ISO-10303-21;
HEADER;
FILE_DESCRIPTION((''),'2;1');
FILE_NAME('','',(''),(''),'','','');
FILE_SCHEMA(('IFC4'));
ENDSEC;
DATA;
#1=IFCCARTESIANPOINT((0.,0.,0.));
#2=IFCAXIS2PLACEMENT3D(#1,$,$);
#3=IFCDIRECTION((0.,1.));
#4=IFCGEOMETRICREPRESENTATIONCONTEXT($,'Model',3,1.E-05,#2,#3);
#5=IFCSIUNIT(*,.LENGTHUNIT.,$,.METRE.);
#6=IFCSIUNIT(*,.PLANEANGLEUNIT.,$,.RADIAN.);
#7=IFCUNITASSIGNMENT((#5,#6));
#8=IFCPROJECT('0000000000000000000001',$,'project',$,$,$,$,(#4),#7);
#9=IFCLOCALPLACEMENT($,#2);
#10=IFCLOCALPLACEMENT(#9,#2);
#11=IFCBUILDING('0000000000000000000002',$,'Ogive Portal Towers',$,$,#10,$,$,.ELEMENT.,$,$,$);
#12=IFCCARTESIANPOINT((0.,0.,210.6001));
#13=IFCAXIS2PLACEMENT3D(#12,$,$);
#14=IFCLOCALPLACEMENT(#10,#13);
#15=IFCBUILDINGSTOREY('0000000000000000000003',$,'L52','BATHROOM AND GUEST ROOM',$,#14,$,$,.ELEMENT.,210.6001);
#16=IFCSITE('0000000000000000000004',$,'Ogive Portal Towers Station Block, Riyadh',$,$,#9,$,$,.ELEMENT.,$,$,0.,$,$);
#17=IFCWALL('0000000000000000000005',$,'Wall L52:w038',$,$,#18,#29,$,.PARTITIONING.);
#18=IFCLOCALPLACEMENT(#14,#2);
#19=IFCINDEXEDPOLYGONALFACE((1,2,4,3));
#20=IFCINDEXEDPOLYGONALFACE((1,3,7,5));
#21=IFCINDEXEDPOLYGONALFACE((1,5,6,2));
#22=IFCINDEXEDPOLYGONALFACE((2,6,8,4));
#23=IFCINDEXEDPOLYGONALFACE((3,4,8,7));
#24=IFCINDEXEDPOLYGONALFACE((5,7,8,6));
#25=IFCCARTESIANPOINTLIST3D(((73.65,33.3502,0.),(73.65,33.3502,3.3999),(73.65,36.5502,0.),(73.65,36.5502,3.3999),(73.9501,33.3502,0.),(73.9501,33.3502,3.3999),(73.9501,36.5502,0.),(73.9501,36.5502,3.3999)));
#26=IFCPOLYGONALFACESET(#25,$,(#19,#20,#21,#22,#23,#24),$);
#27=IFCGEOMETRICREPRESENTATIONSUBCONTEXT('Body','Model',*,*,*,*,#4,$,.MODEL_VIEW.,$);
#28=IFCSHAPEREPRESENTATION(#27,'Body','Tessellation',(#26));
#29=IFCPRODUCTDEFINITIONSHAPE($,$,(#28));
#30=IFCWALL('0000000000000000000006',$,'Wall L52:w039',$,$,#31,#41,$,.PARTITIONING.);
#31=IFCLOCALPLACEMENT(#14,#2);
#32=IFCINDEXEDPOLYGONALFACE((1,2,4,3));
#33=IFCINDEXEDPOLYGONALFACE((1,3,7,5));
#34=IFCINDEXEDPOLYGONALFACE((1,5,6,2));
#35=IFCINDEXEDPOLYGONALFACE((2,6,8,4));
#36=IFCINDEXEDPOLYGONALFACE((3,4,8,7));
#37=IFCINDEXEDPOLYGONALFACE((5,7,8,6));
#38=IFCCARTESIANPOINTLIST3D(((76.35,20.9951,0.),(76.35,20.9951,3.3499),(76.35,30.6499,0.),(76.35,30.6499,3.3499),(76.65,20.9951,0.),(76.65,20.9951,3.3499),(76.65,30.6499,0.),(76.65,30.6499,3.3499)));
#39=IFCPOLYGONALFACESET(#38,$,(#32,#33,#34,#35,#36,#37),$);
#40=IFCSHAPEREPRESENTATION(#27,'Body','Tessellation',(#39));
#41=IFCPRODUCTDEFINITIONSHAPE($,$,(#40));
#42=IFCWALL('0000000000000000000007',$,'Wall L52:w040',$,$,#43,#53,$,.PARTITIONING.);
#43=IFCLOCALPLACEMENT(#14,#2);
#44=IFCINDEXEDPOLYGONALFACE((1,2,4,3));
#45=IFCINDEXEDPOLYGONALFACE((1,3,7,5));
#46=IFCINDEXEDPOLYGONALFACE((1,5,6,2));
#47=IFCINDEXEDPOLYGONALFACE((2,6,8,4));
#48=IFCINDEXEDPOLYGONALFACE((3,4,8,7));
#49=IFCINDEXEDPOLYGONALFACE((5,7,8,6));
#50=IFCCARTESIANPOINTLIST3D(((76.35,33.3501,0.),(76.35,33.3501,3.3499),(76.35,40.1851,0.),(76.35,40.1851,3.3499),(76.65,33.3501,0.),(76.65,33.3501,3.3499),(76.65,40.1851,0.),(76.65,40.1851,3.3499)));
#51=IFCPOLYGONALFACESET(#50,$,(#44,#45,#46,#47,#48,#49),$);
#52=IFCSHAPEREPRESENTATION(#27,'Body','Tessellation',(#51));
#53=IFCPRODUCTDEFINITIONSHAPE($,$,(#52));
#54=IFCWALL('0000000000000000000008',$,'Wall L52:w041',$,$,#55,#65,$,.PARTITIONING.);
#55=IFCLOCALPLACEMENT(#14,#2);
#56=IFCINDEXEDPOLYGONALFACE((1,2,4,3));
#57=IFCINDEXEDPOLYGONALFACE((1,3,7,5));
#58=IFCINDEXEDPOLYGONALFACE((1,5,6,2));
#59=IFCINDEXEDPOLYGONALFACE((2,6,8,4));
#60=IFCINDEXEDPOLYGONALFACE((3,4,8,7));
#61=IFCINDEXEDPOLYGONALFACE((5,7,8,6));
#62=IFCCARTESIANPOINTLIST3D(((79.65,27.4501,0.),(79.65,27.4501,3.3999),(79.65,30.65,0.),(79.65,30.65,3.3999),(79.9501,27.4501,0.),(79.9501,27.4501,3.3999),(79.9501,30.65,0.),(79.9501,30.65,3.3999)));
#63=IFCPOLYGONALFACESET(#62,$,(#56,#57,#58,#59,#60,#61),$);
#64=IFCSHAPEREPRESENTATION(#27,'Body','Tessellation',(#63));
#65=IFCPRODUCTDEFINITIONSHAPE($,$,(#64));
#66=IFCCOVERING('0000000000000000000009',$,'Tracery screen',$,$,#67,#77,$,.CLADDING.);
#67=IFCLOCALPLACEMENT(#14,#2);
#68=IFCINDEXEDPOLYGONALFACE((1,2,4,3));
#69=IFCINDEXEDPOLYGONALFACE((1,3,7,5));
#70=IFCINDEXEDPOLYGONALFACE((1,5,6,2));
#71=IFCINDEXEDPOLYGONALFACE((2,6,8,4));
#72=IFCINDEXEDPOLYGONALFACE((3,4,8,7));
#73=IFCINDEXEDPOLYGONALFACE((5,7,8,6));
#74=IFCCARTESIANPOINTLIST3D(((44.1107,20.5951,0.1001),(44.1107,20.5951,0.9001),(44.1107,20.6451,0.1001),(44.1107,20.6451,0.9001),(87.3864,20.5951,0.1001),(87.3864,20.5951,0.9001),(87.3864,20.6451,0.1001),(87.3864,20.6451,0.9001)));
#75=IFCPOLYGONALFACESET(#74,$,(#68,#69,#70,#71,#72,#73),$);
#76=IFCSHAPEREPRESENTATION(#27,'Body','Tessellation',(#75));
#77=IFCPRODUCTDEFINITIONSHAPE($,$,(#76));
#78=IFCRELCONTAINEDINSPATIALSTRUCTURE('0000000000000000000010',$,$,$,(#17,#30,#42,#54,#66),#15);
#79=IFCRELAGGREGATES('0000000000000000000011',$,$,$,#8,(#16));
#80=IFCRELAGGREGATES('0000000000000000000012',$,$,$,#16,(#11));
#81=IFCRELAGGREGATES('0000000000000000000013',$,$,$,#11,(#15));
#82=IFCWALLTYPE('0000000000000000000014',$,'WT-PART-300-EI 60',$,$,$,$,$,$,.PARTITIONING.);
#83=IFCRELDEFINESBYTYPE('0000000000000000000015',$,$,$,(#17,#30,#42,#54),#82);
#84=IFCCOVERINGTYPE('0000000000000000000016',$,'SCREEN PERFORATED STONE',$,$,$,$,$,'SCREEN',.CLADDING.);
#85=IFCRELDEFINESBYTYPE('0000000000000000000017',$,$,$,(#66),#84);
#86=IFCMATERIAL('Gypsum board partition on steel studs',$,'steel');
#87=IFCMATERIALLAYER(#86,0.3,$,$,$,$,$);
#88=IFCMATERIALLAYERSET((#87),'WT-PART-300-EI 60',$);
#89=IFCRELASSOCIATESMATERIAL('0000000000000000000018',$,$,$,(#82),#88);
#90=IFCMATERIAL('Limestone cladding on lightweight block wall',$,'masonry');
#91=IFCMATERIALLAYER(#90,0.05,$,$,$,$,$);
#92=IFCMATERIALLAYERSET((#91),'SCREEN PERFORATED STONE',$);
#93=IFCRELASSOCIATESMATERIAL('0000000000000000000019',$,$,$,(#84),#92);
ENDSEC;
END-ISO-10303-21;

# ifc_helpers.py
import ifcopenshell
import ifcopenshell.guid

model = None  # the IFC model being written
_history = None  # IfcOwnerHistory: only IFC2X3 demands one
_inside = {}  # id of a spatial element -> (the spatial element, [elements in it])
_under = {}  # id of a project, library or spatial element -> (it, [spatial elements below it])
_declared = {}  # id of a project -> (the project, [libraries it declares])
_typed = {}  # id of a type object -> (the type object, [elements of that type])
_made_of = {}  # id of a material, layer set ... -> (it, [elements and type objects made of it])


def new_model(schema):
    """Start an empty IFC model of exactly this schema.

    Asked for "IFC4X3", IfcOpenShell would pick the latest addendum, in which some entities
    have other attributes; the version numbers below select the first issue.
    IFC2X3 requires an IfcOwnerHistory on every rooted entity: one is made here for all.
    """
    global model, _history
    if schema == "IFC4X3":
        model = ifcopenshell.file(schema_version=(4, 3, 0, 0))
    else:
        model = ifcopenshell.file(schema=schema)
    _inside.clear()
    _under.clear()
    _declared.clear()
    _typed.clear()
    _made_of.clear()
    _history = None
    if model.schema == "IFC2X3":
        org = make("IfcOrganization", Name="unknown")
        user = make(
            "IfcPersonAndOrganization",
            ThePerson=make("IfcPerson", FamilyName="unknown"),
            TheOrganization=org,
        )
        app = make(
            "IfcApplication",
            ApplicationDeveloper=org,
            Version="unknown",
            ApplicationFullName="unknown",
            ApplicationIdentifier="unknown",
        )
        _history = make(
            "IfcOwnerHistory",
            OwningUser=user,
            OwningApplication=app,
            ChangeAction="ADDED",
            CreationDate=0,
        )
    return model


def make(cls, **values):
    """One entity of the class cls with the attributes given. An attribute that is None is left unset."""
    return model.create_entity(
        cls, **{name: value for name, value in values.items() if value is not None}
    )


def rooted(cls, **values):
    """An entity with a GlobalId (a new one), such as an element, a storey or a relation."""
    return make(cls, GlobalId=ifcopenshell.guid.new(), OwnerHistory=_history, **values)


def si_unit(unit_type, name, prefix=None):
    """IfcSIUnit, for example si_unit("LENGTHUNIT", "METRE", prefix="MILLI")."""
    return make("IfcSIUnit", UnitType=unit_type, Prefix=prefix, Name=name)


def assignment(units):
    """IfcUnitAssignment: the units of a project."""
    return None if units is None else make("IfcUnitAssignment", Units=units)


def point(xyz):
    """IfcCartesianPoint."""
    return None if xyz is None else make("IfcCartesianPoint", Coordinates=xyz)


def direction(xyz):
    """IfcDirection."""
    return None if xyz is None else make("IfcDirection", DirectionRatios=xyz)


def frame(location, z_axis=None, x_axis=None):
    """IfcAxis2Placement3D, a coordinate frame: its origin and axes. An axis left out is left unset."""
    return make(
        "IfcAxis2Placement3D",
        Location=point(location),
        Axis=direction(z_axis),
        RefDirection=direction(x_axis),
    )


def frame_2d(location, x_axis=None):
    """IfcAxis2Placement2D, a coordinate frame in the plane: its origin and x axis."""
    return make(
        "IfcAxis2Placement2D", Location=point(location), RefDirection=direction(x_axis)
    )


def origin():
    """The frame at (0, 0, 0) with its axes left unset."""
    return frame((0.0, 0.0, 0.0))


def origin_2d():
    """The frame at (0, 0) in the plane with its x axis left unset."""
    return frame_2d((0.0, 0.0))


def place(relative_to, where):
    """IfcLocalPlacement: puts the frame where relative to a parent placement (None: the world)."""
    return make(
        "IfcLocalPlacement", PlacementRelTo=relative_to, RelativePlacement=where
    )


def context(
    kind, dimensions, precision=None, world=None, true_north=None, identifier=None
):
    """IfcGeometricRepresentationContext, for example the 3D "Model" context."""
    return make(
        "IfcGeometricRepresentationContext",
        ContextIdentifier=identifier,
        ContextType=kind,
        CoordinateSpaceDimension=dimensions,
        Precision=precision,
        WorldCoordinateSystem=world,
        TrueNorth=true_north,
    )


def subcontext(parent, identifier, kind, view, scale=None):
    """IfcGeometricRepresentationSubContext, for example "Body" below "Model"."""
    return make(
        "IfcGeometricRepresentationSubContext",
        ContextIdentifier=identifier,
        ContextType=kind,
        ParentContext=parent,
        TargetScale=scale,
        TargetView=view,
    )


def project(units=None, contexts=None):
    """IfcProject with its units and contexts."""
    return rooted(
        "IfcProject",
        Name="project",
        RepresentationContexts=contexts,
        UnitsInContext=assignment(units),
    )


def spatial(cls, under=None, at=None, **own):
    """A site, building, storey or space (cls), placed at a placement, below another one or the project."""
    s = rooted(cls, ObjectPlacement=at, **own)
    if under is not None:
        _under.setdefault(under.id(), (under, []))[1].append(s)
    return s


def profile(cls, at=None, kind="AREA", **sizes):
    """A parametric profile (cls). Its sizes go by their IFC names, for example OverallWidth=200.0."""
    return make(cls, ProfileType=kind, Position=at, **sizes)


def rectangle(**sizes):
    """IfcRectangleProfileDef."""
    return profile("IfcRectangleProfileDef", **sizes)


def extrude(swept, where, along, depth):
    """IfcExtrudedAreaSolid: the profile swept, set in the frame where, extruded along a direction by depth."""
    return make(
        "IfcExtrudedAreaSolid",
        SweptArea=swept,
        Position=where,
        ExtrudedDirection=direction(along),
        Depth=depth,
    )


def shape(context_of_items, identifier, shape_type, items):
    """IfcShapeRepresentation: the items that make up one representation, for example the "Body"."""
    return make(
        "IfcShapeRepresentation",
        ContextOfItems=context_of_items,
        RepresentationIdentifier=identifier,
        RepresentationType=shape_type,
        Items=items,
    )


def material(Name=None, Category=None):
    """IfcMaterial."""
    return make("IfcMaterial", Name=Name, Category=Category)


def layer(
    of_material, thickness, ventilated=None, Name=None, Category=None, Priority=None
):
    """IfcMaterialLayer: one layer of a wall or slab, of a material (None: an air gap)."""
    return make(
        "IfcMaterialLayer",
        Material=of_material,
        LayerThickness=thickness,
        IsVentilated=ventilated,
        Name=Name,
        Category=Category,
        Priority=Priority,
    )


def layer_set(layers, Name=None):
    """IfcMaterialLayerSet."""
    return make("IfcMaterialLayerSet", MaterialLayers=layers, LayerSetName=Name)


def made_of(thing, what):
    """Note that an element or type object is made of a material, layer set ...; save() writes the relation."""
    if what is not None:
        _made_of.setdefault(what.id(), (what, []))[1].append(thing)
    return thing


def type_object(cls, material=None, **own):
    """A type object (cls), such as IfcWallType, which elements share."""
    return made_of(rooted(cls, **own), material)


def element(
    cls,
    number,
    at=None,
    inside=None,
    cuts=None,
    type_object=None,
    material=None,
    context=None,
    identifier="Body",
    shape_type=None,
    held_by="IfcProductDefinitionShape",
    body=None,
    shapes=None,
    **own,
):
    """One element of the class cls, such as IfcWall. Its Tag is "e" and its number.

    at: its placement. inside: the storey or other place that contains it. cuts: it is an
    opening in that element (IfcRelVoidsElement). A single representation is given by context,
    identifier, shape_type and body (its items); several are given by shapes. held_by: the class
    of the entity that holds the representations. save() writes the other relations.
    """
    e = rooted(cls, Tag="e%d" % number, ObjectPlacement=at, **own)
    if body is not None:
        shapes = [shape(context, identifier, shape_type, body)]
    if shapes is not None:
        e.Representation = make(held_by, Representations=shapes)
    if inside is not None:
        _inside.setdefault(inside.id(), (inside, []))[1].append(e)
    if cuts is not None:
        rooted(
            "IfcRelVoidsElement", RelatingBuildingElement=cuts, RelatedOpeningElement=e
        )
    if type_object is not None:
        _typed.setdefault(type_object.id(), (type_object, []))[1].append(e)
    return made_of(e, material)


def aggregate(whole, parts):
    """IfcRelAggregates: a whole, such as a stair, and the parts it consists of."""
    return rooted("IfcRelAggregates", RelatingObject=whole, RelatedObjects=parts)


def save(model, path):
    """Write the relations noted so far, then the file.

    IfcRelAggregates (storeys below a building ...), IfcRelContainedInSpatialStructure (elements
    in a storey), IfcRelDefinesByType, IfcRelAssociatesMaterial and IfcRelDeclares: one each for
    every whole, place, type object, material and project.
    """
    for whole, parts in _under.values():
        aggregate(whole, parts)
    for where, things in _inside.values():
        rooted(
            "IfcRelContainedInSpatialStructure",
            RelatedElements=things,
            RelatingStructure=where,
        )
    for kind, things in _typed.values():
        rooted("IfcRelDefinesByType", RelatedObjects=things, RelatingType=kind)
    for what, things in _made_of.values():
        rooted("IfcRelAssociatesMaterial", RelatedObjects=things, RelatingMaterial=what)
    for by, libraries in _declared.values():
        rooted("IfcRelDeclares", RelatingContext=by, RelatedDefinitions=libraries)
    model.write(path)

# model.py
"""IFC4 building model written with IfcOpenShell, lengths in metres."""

from ifc_helpers import new_model, si_unit, direction, frame, frame_2d, origin, origin_2d, place, context, subcontext, project, spatial, rectangle, extrude, material, layer, layer_set, type_object, element, save


model = new_model("IFC4")

# Units and contexts
model_context = context("Model", 3, precision=1e-05, world=origin(), true_north=direction((0.0, 1.0)))
body_context = subcontext(model_context, "Body", "Model", "MODEL_VIEW")
ifc_project = project(units=[si_unit("LENGTHUNIT", "METRE"), si_unit("PLANEANGLEUNIT", "RADIAN")], contexts=[model_context])

# Site, building, storey
site_placement = place(None, origin())
site = spatial("IfcSite", under=ifc_project, at=site_placement, Name="Ogive Portal Towers Station Block, Riyadh", CompositionType="ELEMENT", RefElevation=0.0)
building_placement = place(site_placement, origin())
building = spatial("IfcBuilding", under=site, at=building_placement, Name="Ogive Portal Towers", CompositionType="ELEMENT")
storey_placement = place(building_placement, frame((0.0, 0.0, 210.6001)))
storey = spatial("IfcBuildingStorey", under=building, at=storey_placement, Name="L52", Description="BATHROOM AND GUEST ROOM", CompositionType="ELEMENT", Elevation=210.6001)

# Shared definitions
ifc_material_1 = material(Name="Gypsum board partition on steel studs", Category="steel")
ifc_layer_1 = layer(ifc_material_1, 0.3)
ifc_layer_set_1 = layer_set([ifc_layer_1], Name="WT-PART-300-EI 60")
wall_type = type_object("IfcWallType", Name="WT-PART-300-EI 60", PredefinedType="PARTITIONING", material=ifc_layer_set_1)

# Walls
wall_1_placement = place(storey_placement, frame((73.8, 33.3501, 0.0), z_axis=(0.0, 0.0, 1.0), x_axis=(0.0, 1.0, 0.0)))
element("IfcWall", 1, at=wall_1_placement, inside=storey, type_object=wall_type, Name="Wall L52:w038", PredefinedType="PARTITIONING", context=body_context, shape_type="SweptSolid", body=[
    extrude(rectangle(XDim=3.2, YDim=0.3, at=frame_2d((1.6001, 0.0))), origin(), (0.0, 0.0, 1.0), 3.3999),
])
wall_2_placement = place(storey_placement, frame((76.5, 20.9951, 0.0), z_axis=(0.0, 0.0, 1.0), x_axis=(0.0, 1.0, 0.0)))
element("IfcWall", 2, at=wall_2_placement, inside=storey, type_object=wall_type, Name="Wall L52:w039", PredefinedType="PARTITIONING", context=body_context, shape_type="SweptSolid", body=[
    extrude(rectangle(XDim=9.6548, YDim=0.3, at=frame_2d((4.8274, 0.0))), origin(), (0.0, 0.0, 1.0), 3.3499),
])
wall_3_placement = place(storey_placement, frame((76.5, 33.3501, 0.0), z_axis=(0.0, 0.0, 1.0), x_axis=(0.0, 1.0, 0.0)))
element("IfcWall", 3, at=wall_3_placement, inside=storey, type_object=wall_type, Name="Wall L52:w040", PredefinedType="PARTITIONING", context=body_context, shape_type="SweptSolid", body=[
    extrude(rectangle(XDim=6.835, YDim=0.3, at=frame_2d((3.4175, 0.0))), origin(), (0.0, 0.0, 1.0), 3.3499),
])
wall_4_placement = place(storey_placement, frame((79.8, 27.45, 0.0), z_axis=(0.0, 0.0, 1.0), x_axis=(0.0, 1.0, 0.0)))
element("IfcWall", 4, at=wall_4_placement, inside=storey, type_object=wall_type, Name="Wall L52:w041", PredefinedType="PARTITIONING", context=body_context, shape_type="SweptSolid", body=[
    extrude(rectangle(XDim=3.2, YDim=0.3, at=frame_2d((1.6001, 0.0))), origin(), (0.0, 0.0, 1.0), 3.3999),
])

# Covering
ifc_material_2 = material(Name="Limestone cladding on lightweight block wall", Category="masonry")
ifc_layer_2 = layer(ifc_material_2, 0.05)
ifc_layer_set_2 = layer_set([ifc_layer_2], Name="SCREEN PERFORATED STONE")
covering_type = type_object("IfcCoveringType", Name="SCREEN PERFORATED STONE", ElementType="SCREEN", PredefinedType="CLADDING", material=ifc_layer_set_2)
covering_placement = place(storey_placement, frame((65.7485, 20.6201, 0.1001), z_axis=(0.0, 0.0, 1.0), x_axis=(1.0, 0.0, 0.0)))
element("IfcCovering", 5, at=covering_placement, inside=storey, type_object=covering_type, Name="Tracery screen", PredefinedType="CLADDING", context=body_context, shape_type="SweptSolid", body=[
    extrude(rectangle(XDim=43.2756, YDim=0.05, at=origin_2d()), origin(), (0.0, 0.0, 1.0), 0.8),
])

save(model, "model.ifc")
